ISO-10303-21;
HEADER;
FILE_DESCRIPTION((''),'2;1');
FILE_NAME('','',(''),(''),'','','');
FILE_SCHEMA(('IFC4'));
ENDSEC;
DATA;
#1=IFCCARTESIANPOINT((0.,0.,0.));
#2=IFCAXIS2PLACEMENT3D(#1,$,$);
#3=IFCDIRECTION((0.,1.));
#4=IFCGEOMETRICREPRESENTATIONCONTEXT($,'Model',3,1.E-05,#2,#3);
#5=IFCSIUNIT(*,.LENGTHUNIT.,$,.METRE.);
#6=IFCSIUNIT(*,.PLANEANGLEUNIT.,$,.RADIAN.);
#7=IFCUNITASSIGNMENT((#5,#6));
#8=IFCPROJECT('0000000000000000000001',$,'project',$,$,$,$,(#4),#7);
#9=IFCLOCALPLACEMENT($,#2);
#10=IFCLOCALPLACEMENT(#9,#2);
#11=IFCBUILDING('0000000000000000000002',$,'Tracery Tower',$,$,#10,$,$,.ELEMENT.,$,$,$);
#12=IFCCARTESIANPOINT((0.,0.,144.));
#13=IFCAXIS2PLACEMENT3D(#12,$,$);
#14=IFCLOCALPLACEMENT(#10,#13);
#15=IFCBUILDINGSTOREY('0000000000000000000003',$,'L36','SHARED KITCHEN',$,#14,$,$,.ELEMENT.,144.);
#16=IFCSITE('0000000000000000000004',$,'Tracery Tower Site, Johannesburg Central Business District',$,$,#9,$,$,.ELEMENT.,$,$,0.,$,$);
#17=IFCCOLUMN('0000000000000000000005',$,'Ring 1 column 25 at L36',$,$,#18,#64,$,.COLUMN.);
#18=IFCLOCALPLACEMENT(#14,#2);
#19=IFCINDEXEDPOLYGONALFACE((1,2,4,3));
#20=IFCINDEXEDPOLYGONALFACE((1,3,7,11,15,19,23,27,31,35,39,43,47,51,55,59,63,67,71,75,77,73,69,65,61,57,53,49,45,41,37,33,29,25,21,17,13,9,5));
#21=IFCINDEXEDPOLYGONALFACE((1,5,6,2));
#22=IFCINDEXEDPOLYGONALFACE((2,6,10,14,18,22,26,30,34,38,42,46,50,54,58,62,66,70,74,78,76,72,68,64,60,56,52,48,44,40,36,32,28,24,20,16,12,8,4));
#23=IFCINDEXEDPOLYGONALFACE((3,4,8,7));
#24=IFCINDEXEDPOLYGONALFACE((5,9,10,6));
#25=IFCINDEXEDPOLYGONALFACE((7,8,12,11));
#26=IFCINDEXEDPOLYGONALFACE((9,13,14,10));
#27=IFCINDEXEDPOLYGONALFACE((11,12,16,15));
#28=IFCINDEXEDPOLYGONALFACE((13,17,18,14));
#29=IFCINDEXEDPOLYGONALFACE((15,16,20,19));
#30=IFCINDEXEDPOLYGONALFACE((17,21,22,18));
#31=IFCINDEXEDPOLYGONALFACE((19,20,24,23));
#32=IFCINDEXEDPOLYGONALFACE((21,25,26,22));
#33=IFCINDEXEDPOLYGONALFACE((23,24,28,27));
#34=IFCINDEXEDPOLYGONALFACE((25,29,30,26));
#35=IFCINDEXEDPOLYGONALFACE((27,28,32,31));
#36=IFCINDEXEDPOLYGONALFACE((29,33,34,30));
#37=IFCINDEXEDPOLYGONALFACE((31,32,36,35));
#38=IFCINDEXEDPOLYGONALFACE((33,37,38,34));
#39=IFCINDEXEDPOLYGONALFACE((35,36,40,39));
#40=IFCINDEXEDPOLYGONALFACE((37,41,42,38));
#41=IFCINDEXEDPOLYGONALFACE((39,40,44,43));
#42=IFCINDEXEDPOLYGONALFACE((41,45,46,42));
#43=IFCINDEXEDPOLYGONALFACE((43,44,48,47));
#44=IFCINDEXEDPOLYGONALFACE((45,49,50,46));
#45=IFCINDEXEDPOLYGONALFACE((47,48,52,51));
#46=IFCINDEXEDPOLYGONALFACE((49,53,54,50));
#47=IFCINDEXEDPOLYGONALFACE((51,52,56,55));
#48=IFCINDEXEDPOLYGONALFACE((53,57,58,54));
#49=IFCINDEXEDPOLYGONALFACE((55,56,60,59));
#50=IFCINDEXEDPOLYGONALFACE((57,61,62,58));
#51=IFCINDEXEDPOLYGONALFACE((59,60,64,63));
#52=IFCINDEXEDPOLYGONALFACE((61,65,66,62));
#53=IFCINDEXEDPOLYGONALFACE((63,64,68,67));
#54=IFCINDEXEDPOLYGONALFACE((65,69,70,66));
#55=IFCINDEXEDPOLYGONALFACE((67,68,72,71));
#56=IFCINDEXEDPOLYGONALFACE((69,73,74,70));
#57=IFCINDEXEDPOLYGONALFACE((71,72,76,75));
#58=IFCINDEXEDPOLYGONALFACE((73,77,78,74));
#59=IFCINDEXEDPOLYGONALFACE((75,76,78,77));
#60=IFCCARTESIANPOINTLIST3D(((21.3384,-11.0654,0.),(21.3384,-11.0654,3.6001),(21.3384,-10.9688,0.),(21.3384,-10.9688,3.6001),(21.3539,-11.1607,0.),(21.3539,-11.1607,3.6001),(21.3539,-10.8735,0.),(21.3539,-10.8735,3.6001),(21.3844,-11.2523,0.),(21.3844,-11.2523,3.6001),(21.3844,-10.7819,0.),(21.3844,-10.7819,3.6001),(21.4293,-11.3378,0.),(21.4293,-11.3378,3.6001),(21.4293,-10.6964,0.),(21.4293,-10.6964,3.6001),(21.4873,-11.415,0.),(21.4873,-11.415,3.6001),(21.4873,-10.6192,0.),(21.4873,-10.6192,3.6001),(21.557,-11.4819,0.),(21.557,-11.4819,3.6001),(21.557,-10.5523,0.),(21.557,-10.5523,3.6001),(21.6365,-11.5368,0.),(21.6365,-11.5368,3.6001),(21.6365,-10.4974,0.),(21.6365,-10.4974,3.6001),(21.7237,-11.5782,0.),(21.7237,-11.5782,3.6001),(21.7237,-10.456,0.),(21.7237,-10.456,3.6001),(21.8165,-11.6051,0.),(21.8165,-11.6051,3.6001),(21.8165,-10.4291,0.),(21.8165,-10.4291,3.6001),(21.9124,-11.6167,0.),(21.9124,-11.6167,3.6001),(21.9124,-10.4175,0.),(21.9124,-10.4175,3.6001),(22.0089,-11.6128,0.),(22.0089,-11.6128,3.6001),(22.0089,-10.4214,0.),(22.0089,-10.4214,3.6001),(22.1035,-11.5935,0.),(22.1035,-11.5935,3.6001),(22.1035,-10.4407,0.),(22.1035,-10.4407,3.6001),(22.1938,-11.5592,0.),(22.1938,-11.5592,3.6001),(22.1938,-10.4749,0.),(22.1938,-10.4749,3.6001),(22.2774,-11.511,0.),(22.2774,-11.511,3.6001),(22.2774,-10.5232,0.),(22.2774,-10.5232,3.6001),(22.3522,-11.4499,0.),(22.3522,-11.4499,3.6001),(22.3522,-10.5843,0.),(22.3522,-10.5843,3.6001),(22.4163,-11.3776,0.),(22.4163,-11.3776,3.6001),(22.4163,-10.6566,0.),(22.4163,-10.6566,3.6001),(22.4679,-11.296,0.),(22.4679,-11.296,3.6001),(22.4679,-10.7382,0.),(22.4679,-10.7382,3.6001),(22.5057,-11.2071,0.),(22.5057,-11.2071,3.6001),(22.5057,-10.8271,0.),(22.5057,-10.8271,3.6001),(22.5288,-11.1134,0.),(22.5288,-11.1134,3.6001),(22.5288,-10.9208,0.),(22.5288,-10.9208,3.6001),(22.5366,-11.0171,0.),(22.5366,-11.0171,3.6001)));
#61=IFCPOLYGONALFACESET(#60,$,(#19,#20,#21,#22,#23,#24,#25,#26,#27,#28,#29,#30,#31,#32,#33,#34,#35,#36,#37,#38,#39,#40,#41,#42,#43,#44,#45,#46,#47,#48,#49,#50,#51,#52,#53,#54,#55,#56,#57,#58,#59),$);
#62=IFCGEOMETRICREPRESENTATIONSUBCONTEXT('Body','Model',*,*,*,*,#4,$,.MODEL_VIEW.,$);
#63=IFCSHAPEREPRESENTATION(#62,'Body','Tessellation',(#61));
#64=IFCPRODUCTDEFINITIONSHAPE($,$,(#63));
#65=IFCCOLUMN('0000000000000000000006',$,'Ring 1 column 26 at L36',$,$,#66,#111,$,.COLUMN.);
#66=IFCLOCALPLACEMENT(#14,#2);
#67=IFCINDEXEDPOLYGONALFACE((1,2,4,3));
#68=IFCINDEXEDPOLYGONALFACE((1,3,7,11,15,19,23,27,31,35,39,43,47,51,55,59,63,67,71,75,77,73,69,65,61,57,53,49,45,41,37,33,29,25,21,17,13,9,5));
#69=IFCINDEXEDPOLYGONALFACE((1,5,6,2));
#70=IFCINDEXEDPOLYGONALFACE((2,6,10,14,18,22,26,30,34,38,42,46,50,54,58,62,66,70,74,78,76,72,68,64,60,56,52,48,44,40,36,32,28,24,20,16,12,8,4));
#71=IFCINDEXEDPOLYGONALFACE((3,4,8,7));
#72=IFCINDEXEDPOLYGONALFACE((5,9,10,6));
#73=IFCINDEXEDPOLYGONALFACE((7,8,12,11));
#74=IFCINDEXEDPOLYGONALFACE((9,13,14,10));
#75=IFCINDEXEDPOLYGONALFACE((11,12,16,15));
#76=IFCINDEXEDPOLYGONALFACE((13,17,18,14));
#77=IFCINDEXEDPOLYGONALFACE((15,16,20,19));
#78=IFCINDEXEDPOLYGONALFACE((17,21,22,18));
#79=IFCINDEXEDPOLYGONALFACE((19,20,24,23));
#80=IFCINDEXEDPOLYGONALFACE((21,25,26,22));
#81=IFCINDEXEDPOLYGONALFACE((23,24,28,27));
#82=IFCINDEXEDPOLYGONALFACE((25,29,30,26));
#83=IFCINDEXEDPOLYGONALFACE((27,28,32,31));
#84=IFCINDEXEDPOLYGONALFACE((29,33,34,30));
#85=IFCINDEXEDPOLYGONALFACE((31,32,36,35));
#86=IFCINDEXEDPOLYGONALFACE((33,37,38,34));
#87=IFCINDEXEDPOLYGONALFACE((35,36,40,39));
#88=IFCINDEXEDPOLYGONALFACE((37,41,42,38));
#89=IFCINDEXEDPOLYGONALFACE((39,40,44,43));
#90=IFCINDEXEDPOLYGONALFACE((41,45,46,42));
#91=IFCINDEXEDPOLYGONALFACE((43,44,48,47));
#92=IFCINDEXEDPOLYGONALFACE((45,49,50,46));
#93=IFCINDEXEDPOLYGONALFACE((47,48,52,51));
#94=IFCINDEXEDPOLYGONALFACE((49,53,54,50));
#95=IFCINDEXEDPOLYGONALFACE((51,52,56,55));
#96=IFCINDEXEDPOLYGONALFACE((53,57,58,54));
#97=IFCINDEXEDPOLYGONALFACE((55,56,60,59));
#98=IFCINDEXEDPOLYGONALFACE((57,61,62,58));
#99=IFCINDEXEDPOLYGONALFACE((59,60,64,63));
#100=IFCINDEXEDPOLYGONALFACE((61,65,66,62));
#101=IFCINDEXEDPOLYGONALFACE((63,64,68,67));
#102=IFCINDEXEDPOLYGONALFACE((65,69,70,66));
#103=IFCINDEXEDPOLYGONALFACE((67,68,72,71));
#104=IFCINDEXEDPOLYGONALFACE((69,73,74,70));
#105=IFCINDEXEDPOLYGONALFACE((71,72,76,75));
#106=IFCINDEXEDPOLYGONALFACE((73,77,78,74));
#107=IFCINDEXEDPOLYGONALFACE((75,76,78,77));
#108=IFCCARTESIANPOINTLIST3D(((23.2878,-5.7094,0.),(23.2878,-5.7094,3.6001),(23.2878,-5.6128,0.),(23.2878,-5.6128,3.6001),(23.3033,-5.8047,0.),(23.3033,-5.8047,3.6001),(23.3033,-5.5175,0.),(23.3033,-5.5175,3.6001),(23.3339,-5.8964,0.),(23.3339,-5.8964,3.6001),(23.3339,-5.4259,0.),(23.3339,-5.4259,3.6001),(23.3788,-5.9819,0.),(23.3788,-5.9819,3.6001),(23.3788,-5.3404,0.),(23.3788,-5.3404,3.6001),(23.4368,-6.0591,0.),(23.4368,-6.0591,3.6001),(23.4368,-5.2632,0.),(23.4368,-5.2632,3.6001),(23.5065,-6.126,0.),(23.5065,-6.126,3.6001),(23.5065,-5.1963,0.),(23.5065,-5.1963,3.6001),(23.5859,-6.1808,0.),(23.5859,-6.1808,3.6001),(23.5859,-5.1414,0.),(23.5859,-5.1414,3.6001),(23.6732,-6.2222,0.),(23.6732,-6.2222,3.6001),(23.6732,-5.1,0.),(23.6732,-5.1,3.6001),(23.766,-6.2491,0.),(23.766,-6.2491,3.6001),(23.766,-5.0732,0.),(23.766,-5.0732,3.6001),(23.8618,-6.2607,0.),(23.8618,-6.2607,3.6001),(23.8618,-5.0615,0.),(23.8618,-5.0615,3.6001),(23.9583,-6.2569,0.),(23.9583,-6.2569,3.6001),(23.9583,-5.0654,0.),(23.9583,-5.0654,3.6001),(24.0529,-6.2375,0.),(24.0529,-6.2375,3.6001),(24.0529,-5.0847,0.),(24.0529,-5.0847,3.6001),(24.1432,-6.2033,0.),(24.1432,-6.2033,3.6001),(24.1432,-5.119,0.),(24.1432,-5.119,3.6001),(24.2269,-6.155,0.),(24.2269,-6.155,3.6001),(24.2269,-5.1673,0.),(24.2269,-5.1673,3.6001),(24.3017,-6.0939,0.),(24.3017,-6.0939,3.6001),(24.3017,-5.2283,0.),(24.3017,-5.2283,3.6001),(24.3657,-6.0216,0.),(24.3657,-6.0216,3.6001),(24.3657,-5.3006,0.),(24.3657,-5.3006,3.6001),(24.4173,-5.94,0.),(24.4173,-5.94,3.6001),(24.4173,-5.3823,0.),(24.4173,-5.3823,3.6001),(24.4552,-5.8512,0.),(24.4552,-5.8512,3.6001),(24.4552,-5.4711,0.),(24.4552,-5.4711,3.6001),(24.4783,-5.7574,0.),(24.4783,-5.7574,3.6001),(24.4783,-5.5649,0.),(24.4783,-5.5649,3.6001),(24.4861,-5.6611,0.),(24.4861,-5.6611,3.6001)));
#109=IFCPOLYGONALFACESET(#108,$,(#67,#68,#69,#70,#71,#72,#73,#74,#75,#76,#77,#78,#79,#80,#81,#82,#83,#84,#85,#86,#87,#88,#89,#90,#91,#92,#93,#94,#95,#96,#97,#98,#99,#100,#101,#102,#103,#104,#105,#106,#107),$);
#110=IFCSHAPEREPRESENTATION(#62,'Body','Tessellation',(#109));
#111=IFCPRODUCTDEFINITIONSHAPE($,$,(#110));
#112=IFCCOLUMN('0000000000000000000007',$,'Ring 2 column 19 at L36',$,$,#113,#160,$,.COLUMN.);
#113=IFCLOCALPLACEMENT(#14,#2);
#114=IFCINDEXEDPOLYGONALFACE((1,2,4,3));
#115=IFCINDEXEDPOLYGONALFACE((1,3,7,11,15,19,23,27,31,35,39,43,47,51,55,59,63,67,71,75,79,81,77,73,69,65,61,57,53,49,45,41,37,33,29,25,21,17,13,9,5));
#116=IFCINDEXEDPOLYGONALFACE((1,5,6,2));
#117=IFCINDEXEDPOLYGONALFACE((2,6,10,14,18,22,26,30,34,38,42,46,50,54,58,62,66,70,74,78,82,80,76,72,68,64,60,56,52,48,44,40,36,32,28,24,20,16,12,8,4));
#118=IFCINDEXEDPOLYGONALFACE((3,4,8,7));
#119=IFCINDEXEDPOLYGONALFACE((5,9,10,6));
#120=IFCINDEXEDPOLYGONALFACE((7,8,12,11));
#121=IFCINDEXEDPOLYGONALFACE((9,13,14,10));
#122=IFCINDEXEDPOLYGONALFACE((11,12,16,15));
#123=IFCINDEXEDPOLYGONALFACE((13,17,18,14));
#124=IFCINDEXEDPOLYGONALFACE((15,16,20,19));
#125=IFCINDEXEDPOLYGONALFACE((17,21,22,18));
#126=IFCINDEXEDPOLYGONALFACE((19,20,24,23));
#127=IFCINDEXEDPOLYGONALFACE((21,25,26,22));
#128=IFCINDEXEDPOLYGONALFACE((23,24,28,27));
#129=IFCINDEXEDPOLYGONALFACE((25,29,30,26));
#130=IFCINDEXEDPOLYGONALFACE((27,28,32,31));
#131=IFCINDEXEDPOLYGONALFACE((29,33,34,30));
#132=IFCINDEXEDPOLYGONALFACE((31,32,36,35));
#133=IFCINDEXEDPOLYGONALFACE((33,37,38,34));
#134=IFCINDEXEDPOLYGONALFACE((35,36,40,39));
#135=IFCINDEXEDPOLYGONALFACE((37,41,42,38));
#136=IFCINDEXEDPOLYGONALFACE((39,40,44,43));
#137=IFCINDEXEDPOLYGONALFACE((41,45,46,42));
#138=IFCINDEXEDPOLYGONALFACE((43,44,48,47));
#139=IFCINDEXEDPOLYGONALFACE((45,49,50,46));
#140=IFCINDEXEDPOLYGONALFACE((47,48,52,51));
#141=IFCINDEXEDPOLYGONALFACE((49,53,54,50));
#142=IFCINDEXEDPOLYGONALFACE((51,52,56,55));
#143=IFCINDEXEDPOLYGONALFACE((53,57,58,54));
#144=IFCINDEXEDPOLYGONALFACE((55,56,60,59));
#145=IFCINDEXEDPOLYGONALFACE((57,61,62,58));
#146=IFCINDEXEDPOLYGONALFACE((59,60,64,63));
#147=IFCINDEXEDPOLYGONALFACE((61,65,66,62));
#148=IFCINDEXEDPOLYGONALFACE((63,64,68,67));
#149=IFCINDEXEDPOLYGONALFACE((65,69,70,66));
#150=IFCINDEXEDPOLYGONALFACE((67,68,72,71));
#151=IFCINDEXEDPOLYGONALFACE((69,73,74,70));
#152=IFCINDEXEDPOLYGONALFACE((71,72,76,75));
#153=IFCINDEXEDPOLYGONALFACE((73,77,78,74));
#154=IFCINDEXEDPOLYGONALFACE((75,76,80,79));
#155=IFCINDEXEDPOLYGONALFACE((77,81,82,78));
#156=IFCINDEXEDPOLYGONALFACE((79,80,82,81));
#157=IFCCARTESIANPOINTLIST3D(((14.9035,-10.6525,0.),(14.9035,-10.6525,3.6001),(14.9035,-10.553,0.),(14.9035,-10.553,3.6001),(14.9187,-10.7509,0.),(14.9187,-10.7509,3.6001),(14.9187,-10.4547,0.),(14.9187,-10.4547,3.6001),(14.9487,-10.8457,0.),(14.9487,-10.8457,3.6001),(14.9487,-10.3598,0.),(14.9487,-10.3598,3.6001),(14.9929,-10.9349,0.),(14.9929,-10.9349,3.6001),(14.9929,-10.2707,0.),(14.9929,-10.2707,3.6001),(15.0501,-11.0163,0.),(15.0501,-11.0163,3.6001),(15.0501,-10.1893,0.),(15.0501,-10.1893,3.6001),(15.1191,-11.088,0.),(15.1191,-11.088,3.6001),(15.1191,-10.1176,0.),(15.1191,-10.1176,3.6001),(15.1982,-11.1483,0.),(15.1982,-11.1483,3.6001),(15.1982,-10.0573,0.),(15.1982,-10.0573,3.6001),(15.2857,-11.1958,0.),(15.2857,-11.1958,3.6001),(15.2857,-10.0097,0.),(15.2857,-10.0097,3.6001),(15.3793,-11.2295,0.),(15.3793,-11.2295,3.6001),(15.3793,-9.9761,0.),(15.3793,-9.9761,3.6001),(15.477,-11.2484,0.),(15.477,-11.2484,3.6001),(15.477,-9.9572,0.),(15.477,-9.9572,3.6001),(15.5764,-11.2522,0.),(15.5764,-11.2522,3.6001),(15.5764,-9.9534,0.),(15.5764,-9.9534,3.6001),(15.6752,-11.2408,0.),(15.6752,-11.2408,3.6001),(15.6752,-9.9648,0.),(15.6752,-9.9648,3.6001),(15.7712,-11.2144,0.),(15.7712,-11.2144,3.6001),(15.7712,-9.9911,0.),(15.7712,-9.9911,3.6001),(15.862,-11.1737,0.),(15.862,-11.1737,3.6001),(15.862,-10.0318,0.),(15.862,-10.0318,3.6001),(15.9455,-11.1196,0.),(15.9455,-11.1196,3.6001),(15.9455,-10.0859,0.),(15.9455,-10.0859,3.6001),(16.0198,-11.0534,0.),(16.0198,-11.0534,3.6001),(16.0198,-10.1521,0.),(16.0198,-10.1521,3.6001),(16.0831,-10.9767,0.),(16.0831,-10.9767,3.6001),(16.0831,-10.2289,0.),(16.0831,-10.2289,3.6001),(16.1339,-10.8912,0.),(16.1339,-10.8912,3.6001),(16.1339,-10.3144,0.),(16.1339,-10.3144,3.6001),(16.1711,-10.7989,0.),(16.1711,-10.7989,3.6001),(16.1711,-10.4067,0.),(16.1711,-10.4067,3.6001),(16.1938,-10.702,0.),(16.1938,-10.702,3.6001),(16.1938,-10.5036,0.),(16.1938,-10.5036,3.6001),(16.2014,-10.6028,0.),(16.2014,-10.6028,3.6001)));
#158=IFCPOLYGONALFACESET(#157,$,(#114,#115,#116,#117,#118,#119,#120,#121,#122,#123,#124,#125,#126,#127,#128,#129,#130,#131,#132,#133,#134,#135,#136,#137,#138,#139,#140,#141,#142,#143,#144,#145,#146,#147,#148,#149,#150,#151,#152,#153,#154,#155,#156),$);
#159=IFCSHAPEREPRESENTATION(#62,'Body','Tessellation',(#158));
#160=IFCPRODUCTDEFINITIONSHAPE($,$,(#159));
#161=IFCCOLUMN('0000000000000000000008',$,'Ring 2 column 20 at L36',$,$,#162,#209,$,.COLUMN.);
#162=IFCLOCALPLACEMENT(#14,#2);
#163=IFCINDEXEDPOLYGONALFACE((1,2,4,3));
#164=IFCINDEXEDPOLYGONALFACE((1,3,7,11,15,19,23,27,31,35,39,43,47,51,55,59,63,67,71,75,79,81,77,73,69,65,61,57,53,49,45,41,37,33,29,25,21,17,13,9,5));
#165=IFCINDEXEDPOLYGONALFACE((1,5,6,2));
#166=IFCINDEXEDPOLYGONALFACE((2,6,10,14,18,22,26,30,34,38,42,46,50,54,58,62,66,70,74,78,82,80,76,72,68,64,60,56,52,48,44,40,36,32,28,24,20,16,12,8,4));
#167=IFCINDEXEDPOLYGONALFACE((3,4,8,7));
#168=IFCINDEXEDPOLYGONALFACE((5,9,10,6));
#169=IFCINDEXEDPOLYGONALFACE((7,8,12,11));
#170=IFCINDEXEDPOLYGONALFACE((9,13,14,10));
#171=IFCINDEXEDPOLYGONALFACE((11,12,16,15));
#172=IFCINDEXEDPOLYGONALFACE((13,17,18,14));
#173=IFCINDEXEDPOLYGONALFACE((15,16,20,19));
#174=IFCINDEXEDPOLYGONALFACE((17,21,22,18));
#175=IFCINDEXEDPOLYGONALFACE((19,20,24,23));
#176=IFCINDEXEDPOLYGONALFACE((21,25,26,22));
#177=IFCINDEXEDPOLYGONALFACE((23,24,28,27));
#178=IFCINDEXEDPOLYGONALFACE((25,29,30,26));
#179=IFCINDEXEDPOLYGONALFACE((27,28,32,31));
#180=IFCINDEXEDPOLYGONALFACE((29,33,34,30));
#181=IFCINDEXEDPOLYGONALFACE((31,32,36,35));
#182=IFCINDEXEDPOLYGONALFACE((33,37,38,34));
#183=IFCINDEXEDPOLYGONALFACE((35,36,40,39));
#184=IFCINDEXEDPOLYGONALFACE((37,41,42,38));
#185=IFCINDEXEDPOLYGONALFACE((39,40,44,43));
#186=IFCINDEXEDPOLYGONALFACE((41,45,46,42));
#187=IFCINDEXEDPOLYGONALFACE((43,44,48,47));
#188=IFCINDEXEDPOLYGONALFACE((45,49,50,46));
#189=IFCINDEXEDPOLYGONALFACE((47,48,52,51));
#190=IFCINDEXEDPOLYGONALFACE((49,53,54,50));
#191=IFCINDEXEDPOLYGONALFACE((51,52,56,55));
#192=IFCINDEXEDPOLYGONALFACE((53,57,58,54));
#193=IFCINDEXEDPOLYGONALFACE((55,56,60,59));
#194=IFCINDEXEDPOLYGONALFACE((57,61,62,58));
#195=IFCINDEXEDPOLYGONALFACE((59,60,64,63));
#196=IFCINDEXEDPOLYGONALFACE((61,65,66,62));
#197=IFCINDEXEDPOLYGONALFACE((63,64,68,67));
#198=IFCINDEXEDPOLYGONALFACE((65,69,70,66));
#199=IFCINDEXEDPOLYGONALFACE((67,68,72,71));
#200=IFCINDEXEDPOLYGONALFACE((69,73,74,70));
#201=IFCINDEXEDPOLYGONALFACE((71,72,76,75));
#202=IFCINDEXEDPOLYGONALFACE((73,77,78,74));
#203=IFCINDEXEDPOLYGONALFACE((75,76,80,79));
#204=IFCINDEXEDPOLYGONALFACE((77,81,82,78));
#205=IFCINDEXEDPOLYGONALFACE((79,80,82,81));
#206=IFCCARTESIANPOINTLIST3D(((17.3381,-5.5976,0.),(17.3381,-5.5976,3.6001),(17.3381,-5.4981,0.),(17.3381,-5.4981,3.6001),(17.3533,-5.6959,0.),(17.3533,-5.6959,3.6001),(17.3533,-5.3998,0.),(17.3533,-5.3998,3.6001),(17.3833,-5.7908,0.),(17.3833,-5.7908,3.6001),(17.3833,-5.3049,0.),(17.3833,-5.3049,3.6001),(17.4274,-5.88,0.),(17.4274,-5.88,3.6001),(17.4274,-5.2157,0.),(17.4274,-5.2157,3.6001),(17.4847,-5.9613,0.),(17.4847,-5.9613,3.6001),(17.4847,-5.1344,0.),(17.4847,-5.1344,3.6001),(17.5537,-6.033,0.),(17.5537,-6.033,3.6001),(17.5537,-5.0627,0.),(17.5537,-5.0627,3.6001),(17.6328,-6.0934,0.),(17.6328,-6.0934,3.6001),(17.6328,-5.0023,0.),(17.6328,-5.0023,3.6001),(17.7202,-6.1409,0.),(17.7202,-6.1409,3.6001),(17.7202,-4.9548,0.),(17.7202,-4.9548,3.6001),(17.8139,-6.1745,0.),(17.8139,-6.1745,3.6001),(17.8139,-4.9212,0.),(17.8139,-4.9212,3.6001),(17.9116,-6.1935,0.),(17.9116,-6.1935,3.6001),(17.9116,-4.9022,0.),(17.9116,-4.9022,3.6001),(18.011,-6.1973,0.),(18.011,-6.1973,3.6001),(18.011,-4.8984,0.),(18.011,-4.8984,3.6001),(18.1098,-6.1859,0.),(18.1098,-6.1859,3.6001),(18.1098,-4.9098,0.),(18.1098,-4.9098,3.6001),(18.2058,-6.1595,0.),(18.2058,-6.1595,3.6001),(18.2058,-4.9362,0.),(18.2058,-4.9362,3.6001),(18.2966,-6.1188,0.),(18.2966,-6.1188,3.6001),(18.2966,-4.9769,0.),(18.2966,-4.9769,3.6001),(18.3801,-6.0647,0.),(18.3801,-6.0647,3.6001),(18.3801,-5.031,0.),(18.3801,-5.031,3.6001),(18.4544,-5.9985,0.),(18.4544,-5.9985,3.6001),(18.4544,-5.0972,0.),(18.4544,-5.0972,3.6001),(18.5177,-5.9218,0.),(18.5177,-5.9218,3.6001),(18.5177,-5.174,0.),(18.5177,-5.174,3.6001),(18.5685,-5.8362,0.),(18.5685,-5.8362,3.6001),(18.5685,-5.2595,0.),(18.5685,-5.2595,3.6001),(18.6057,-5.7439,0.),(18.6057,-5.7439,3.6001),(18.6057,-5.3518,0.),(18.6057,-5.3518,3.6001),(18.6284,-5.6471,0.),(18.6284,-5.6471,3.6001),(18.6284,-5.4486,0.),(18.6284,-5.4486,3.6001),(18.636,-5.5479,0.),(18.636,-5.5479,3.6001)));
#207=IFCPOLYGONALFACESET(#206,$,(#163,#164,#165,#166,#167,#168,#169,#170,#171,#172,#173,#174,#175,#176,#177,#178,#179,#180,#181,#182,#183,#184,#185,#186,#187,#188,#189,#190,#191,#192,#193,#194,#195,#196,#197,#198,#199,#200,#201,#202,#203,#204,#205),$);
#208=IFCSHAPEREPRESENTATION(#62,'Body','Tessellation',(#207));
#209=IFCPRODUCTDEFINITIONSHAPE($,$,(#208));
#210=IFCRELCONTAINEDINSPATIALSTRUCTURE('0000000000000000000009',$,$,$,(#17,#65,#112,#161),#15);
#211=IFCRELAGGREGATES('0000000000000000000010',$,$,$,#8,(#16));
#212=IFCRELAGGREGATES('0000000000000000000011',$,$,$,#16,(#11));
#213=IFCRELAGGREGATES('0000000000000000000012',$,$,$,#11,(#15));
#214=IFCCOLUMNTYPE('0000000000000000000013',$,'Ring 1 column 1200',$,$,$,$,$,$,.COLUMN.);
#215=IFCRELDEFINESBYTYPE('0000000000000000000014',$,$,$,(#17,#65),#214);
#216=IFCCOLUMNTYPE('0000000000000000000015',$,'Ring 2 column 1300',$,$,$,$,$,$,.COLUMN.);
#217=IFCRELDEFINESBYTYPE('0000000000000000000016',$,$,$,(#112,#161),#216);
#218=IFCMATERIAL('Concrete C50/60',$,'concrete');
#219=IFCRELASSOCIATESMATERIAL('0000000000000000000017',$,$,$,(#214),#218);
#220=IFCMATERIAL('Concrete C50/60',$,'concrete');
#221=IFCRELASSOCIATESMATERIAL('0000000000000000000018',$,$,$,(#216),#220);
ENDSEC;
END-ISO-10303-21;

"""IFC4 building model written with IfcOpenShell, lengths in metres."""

from ifc_helpers import new_model, si_unit, direction, frame, origin, origin_2d, place, context, subcontext, project, spatial, circle, extrude, material, material_profile, profile_set, type_object, element, save


model = new_model("IFC4")

# Units and contexts
model_context = context("Model", 3, precision=1e-05, world=origin(), true_north=direction((0.0, 1.0)))
body_context = subcontext(model_context, "Body", "Model", "MODEL_VIEW")
ifc_project = project(units=[si_unit("LENGTHUNIT", "METRE"), si_unit("PLANEANGLEUNIT", "RADIAN")], contexts=[model_context])

# Site, building, storey
site_placement = place(None, origin())
site = spatial("IfcSite", under=ifc_project, at=site_placement, Name="Tracery Tower Site, Johannesburg Central Business District", CompositionType="ELEMENT", RefElevation=0.0)
building_placement = place(site_placement, origin())
building = spatial("IfcBuilding", under=site, at=building_placement, Name="Tracery Tower", CompositionType="ELEMENT")
storey_placement = place(building_placement, frame((0.0, 0.0, 144.0)))
storey = spatial("IfcBuildingStorey", under=building, at=storey_placement, Name="L36", Description="SHARED KITCHEN", CompositionType="ELEMENT", Elevation=144.0)

# Columns
ifc_material_1 = material(Name="Concrete C50/60", Category="concrete")
ifc_material_profile_1 = material_profile(ifc_material_1, circle(Radius=0.6001, at=origin_2d()), Name="RC D1200")
ifc_profile_set_1 = profile_set([ifc_material_profile_1], Name="Concrete C50/60")
column_type_1 = type_object("IfcColumnType", Name="Ring 1 column 1200", PredefinedType="COLUMN", material=ifc_profile_set_1)
for number, where, z_axis, x_axis, name in (
    (1, (21.9365, -11.0171, 0.0), (0.0, 0.0, 1.0), (1.0, 0.0, 0.0), "Ring 1 column 25 at L36"),
    (2, (23.886, -5.6611, 0.0), (0.0, 0.0, 1.0), (1.0, 0.0, 0.0), "Ring 1 column 26 at L36"),
):
    element("IfcColumn", number, at=place(storey_placement, frame(where, z_axis=z_axis, x_axis=x_axis)), inside=storey, type_object=column_type_1, Name=name, PredefinedType="COLUMN", context=body_context, shape_type="SweptSolid", body=[
        extrude(circle(Radius=0.6001, at=origin_2d()), origin(), (0.0, 0.0, 1.0), 3.6001),
    ])
ifc_material_2 = material(Name="Concrete C50/60", Category="concrete")
ifc_material_profile_2 = material_profile(ifc_material_2, circle(Radius=0.6499, at=origin_2d()), Name="RC D1300")
ifc_profile_set_2 = profile_set([ifc_material_profile_2], Name="Concrete C50/60")
column_type_2 = type_object("IfcColumnType", Name="Ring 2 column 1300", PredefinedType="COLUMN", material=ifc_profile_set_2)
for number, where, z_axis, x_axis, name in (
    (3, (15.5515, -10.6028, 0.0), (0.0, 0.0, 1.0), (1.0, 0.0, 0.0), "Ring 2 column 19 at L36"),
    (4, (17.9861, -5.5479, 0.0), (0.0, 0.0, 1.0), (1.0, 0.0, 0.0), "Ring 2 column 20 at L36"),
):
    element("IfcColumn", number, at=place(storey_placement, frame(where, z_axis=z_axis, x_axis=x_axis)), inside=storey, type_object=column_type_2, Name=name, PredefinedType="COLUMN", context=body_context, shape_type="SweptSolid", body=[
        extrude(circle(Radius=0.6499, at=origin_2d()), origin(), (0.0, 0.0, 1.0), 3.6001),
    ])

save(model, "model.ifc")
